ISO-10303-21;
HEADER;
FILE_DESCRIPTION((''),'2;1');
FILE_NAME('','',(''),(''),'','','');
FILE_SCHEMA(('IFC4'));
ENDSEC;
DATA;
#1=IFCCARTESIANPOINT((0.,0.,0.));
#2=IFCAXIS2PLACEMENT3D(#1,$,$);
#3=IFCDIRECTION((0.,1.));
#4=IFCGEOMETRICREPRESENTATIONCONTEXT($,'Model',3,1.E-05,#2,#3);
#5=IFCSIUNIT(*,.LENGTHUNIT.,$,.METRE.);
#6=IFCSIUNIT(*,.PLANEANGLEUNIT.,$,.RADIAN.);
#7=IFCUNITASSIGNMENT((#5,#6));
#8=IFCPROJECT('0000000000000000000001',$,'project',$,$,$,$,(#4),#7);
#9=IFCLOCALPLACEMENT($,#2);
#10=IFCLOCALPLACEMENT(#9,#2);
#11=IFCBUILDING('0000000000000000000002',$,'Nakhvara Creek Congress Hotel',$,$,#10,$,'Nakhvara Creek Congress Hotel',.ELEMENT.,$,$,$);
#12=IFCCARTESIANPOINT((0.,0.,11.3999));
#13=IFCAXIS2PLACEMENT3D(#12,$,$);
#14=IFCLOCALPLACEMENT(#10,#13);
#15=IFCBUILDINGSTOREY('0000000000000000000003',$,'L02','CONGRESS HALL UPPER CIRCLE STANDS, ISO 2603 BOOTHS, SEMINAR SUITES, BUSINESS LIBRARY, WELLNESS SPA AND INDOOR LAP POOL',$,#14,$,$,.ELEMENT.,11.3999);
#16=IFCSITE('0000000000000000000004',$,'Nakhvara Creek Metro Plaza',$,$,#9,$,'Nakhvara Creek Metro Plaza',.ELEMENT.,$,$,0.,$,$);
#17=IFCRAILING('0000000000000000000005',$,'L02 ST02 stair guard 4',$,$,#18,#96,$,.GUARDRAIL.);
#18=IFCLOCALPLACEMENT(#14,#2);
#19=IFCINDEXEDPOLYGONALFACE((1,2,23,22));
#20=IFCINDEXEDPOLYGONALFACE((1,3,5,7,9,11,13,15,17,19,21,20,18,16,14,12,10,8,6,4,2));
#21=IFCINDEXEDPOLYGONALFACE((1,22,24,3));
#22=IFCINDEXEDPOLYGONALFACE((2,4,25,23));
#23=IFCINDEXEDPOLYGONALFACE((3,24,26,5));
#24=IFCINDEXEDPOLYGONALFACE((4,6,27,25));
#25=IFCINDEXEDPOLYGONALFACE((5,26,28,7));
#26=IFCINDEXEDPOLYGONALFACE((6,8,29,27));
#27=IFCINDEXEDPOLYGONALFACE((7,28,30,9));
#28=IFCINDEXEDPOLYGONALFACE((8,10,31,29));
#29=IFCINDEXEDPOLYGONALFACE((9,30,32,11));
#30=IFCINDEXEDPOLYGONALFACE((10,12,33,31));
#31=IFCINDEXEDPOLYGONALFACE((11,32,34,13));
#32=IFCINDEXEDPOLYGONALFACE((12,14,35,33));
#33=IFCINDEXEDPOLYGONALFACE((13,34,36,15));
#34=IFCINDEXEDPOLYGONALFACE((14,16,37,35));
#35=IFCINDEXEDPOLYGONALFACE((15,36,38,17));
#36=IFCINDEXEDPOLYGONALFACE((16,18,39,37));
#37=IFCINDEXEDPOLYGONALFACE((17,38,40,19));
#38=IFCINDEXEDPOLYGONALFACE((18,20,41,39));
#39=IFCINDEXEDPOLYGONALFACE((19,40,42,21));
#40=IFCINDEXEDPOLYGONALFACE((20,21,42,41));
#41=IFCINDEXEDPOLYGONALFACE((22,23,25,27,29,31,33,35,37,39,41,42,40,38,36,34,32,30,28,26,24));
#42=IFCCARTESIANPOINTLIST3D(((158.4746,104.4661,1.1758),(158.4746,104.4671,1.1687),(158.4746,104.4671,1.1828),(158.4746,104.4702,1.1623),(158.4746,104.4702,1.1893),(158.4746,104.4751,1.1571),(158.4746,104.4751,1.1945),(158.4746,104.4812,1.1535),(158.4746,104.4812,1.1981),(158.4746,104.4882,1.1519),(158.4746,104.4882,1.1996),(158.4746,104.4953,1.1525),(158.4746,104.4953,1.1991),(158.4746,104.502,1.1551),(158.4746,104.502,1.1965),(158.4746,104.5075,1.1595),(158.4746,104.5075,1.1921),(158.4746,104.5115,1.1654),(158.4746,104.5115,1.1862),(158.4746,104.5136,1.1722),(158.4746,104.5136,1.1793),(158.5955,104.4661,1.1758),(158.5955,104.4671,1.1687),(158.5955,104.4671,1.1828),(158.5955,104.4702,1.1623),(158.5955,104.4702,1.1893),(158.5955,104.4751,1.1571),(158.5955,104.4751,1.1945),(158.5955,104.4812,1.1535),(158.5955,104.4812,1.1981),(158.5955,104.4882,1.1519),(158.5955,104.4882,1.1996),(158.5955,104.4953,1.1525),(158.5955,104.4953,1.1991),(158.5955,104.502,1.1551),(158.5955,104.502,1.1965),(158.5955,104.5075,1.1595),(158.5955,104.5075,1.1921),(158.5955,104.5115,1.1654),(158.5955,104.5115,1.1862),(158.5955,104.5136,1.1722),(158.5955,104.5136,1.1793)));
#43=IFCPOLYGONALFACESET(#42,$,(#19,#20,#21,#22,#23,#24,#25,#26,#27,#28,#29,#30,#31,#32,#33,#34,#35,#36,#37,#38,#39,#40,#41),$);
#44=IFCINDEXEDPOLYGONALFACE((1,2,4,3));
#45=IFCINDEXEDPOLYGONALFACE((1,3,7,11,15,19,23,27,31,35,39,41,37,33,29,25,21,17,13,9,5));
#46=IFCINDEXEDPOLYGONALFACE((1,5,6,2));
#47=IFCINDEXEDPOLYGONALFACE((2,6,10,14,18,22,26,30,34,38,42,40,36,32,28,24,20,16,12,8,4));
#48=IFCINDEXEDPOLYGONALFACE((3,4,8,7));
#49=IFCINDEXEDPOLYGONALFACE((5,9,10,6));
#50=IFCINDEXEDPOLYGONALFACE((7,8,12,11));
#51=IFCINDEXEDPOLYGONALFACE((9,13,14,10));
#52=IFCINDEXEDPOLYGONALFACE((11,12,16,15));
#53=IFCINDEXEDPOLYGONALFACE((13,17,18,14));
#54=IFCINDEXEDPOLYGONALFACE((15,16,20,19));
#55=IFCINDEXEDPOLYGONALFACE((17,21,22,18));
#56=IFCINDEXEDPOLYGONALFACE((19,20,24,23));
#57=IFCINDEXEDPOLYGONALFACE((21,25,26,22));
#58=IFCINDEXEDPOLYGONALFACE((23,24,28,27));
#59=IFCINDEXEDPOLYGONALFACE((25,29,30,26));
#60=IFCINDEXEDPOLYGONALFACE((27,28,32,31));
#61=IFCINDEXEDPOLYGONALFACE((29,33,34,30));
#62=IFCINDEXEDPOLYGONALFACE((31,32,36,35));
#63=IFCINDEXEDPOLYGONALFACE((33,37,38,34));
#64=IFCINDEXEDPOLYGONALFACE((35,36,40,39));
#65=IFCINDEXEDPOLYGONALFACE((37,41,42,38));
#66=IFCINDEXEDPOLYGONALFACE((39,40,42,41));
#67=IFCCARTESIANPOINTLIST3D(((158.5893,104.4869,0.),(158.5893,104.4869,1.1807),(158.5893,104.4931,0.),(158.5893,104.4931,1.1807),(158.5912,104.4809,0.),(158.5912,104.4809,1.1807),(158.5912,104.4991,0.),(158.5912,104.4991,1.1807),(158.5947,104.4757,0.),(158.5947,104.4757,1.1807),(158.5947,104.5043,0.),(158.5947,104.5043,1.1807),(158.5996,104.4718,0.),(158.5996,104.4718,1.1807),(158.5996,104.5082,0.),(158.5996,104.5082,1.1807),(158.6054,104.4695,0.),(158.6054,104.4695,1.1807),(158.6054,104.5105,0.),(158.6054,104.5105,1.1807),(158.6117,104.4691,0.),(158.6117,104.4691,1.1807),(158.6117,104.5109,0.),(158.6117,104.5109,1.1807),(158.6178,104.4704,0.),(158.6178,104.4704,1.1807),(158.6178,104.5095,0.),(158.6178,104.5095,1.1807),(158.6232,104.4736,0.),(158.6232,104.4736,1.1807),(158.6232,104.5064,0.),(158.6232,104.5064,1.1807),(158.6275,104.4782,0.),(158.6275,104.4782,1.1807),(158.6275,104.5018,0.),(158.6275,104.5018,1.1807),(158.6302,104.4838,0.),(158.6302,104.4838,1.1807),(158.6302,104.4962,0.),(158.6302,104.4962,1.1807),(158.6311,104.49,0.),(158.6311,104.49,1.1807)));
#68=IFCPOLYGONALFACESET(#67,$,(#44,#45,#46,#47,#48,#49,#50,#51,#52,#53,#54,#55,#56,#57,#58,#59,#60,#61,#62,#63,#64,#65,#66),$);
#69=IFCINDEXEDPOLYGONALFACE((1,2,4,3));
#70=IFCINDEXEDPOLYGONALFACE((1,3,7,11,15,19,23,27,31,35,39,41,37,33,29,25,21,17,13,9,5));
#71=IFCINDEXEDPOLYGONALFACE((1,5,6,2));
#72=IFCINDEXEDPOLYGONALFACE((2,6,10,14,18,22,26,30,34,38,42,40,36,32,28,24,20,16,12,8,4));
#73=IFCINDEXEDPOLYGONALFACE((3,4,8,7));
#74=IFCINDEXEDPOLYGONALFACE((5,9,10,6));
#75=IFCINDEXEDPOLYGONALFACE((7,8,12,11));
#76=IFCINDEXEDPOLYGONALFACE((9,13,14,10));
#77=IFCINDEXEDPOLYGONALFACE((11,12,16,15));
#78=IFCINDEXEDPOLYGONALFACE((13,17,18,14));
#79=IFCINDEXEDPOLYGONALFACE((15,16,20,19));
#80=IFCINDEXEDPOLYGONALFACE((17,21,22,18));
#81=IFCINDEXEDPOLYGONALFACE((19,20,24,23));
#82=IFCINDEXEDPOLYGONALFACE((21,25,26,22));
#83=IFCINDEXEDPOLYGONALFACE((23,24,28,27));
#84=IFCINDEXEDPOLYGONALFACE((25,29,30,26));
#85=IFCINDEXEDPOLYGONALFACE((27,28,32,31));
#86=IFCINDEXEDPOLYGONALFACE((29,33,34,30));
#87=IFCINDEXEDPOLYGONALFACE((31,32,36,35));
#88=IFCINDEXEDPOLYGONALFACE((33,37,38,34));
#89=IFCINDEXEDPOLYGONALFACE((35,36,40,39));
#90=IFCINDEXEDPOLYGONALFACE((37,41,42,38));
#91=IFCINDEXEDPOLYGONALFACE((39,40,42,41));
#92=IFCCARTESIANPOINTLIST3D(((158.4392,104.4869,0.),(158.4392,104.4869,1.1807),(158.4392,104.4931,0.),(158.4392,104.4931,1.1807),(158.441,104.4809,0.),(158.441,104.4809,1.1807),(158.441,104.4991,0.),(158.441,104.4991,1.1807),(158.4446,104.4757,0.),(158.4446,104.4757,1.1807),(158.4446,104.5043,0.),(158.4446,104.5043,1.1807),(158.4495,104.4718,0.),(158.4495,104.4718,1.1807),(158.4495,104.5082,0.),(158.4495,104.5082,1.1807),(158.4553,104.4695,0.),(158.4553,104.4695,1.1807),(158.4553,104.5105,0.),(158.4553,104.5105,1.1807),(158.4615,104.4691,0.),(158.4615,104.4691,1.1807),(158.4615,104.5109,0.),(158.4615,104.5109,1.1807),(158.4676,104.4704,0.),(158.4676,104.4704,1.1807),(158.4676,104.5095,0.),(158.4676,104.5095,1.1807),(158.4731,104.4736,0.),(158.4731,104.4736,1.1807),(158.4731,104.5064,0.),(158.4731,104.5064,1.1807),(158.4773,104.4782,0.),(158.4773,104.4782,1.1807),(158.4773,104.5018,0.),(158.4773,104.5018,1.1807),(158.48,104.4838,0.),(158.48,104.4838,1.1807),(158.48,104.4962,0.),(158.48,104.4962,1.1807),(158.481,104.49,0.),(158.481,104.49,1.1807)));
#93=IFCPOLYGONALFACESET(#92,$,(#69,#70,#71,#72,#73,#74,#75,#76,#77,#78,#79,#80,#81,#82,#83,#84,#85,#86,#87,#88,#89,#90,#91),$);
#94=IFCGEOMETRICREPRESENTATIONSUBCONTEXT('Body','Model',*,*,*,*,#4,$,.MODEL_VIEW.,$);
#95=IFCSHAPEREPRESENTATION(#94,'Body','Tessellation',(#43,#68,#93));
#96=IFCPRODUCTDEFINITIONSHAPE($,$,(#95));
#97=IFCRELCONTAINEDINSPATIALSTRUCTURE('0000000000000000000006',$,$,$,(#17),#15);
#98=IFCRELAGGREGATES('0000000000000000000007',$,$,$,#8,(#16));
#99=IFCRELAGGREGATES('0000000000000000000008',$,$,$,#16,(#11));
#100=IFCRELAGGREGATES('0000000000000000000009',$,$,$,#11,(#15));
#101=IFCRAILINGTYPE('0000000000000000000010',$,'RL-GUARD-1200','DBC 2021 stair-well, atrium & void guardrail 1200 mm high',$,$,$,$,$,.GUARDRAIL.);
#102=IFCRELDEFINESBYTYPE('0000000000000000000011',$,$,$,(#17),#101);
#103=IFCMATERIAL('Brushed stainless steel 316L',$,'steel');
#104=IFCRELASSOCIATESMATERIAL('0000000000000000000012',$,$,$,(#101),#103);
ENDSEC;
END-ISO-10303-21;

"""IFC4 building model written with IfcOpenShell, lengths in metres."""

from ifc_helpers import new_model, si_unit, direction, frame, origin, origin_2d, place, context, subcontext, project, spatial, circle, extrude, material, type_object, element, save


model = new_model("IFC4")

# Units and contexts
model_context = context("Model", 3, precision=1e-05, world=origin(), true_north=direction((0.0, 1.0)))
body_context = subcontext(model_context, "Body", "Model", "MODEL_VIEW")
ifc_project = project(units=[si_unit("LENGTHUNIT", "METRE"), si_unit("PLANEANGLEUNIT", "RADIAN")], contexts=[model_context])

# Site, building, storey
site_placement = place(None, origin())
site = spatial("IfcSite", under=ifc_project, at=site_placement, Name="Nakhvara Creek Metro Plaza", LongName="Nakhvara Creek Metro Plaza", CompositionType="ELEMENT", RefElevation=0.0)
building_placement = place(site_placement, origin())
building = spatial("IfcBuilding", under=site, at=building_placement, Name="Nakhvara Creek Congress Hotel", LongName="Nakhvara Creek Congress Hotel", CompositionType="ELEMENT")
storey_placement = place(building_placement, frame((0.0, 0.0, 11.3999)))
storey = spatial("IfcBuildingStorey", under=building, at=storey_placement, Name="L02", Description="CONGRESS HALL UPPER CIRCLE STANDS, ISO 2603 BOOTHS, SEMINAR SUITES, BUSINESS LIBRARY, WELLNESS SPA AND INDOOR LAP POOL", CompositionType="ELEMENT", Elevation=11.3999)

# Railing
ifc_material_1 = material(Name="Brushed stainless steel 316L", Category="steel")
railing_type = type_object("IfcRailingType", Name="RL-GUARD-1200", Description="DBC 2021 stair-well, atrium & void guardrail 1200 mm high", PredefinedType="GUARDRAIL", material=ifc_material_1)
railing_1_placement = place(storey_placement, frame((158.6101, 104.49, 0.0)))
element("IfcRailing", 1, at=railing_1_placement, inside=storey, type_object=railing_type, Name="L02 ST02 stair guard 4", PredefinedType="GUARDRAIL", context=body_context, shape_type="SweptSolid", body=[
    extrude(circle(Radius=0.0239, at=origin_2d()), frame((-0.0146, 0.0, 1.1758), z_axis=(-1.0, 0.0, 0.0), x_axis=(0.0, -1.0, 0.0)), (0.0, 0.0, 1.0), 0.1208),
    extrude(circle(Radius=0.021, at=origin_2d()), origin(), (0.0, 0.0, 1.0), 1.1807),
    extrude(circle(Radius=0.021, at=origin_2d()), frame((-0.1501, 0.0, 0.0)), (0.0, 0.0, 1.0), 1.1807),
])

save(model, "model.ifc")
